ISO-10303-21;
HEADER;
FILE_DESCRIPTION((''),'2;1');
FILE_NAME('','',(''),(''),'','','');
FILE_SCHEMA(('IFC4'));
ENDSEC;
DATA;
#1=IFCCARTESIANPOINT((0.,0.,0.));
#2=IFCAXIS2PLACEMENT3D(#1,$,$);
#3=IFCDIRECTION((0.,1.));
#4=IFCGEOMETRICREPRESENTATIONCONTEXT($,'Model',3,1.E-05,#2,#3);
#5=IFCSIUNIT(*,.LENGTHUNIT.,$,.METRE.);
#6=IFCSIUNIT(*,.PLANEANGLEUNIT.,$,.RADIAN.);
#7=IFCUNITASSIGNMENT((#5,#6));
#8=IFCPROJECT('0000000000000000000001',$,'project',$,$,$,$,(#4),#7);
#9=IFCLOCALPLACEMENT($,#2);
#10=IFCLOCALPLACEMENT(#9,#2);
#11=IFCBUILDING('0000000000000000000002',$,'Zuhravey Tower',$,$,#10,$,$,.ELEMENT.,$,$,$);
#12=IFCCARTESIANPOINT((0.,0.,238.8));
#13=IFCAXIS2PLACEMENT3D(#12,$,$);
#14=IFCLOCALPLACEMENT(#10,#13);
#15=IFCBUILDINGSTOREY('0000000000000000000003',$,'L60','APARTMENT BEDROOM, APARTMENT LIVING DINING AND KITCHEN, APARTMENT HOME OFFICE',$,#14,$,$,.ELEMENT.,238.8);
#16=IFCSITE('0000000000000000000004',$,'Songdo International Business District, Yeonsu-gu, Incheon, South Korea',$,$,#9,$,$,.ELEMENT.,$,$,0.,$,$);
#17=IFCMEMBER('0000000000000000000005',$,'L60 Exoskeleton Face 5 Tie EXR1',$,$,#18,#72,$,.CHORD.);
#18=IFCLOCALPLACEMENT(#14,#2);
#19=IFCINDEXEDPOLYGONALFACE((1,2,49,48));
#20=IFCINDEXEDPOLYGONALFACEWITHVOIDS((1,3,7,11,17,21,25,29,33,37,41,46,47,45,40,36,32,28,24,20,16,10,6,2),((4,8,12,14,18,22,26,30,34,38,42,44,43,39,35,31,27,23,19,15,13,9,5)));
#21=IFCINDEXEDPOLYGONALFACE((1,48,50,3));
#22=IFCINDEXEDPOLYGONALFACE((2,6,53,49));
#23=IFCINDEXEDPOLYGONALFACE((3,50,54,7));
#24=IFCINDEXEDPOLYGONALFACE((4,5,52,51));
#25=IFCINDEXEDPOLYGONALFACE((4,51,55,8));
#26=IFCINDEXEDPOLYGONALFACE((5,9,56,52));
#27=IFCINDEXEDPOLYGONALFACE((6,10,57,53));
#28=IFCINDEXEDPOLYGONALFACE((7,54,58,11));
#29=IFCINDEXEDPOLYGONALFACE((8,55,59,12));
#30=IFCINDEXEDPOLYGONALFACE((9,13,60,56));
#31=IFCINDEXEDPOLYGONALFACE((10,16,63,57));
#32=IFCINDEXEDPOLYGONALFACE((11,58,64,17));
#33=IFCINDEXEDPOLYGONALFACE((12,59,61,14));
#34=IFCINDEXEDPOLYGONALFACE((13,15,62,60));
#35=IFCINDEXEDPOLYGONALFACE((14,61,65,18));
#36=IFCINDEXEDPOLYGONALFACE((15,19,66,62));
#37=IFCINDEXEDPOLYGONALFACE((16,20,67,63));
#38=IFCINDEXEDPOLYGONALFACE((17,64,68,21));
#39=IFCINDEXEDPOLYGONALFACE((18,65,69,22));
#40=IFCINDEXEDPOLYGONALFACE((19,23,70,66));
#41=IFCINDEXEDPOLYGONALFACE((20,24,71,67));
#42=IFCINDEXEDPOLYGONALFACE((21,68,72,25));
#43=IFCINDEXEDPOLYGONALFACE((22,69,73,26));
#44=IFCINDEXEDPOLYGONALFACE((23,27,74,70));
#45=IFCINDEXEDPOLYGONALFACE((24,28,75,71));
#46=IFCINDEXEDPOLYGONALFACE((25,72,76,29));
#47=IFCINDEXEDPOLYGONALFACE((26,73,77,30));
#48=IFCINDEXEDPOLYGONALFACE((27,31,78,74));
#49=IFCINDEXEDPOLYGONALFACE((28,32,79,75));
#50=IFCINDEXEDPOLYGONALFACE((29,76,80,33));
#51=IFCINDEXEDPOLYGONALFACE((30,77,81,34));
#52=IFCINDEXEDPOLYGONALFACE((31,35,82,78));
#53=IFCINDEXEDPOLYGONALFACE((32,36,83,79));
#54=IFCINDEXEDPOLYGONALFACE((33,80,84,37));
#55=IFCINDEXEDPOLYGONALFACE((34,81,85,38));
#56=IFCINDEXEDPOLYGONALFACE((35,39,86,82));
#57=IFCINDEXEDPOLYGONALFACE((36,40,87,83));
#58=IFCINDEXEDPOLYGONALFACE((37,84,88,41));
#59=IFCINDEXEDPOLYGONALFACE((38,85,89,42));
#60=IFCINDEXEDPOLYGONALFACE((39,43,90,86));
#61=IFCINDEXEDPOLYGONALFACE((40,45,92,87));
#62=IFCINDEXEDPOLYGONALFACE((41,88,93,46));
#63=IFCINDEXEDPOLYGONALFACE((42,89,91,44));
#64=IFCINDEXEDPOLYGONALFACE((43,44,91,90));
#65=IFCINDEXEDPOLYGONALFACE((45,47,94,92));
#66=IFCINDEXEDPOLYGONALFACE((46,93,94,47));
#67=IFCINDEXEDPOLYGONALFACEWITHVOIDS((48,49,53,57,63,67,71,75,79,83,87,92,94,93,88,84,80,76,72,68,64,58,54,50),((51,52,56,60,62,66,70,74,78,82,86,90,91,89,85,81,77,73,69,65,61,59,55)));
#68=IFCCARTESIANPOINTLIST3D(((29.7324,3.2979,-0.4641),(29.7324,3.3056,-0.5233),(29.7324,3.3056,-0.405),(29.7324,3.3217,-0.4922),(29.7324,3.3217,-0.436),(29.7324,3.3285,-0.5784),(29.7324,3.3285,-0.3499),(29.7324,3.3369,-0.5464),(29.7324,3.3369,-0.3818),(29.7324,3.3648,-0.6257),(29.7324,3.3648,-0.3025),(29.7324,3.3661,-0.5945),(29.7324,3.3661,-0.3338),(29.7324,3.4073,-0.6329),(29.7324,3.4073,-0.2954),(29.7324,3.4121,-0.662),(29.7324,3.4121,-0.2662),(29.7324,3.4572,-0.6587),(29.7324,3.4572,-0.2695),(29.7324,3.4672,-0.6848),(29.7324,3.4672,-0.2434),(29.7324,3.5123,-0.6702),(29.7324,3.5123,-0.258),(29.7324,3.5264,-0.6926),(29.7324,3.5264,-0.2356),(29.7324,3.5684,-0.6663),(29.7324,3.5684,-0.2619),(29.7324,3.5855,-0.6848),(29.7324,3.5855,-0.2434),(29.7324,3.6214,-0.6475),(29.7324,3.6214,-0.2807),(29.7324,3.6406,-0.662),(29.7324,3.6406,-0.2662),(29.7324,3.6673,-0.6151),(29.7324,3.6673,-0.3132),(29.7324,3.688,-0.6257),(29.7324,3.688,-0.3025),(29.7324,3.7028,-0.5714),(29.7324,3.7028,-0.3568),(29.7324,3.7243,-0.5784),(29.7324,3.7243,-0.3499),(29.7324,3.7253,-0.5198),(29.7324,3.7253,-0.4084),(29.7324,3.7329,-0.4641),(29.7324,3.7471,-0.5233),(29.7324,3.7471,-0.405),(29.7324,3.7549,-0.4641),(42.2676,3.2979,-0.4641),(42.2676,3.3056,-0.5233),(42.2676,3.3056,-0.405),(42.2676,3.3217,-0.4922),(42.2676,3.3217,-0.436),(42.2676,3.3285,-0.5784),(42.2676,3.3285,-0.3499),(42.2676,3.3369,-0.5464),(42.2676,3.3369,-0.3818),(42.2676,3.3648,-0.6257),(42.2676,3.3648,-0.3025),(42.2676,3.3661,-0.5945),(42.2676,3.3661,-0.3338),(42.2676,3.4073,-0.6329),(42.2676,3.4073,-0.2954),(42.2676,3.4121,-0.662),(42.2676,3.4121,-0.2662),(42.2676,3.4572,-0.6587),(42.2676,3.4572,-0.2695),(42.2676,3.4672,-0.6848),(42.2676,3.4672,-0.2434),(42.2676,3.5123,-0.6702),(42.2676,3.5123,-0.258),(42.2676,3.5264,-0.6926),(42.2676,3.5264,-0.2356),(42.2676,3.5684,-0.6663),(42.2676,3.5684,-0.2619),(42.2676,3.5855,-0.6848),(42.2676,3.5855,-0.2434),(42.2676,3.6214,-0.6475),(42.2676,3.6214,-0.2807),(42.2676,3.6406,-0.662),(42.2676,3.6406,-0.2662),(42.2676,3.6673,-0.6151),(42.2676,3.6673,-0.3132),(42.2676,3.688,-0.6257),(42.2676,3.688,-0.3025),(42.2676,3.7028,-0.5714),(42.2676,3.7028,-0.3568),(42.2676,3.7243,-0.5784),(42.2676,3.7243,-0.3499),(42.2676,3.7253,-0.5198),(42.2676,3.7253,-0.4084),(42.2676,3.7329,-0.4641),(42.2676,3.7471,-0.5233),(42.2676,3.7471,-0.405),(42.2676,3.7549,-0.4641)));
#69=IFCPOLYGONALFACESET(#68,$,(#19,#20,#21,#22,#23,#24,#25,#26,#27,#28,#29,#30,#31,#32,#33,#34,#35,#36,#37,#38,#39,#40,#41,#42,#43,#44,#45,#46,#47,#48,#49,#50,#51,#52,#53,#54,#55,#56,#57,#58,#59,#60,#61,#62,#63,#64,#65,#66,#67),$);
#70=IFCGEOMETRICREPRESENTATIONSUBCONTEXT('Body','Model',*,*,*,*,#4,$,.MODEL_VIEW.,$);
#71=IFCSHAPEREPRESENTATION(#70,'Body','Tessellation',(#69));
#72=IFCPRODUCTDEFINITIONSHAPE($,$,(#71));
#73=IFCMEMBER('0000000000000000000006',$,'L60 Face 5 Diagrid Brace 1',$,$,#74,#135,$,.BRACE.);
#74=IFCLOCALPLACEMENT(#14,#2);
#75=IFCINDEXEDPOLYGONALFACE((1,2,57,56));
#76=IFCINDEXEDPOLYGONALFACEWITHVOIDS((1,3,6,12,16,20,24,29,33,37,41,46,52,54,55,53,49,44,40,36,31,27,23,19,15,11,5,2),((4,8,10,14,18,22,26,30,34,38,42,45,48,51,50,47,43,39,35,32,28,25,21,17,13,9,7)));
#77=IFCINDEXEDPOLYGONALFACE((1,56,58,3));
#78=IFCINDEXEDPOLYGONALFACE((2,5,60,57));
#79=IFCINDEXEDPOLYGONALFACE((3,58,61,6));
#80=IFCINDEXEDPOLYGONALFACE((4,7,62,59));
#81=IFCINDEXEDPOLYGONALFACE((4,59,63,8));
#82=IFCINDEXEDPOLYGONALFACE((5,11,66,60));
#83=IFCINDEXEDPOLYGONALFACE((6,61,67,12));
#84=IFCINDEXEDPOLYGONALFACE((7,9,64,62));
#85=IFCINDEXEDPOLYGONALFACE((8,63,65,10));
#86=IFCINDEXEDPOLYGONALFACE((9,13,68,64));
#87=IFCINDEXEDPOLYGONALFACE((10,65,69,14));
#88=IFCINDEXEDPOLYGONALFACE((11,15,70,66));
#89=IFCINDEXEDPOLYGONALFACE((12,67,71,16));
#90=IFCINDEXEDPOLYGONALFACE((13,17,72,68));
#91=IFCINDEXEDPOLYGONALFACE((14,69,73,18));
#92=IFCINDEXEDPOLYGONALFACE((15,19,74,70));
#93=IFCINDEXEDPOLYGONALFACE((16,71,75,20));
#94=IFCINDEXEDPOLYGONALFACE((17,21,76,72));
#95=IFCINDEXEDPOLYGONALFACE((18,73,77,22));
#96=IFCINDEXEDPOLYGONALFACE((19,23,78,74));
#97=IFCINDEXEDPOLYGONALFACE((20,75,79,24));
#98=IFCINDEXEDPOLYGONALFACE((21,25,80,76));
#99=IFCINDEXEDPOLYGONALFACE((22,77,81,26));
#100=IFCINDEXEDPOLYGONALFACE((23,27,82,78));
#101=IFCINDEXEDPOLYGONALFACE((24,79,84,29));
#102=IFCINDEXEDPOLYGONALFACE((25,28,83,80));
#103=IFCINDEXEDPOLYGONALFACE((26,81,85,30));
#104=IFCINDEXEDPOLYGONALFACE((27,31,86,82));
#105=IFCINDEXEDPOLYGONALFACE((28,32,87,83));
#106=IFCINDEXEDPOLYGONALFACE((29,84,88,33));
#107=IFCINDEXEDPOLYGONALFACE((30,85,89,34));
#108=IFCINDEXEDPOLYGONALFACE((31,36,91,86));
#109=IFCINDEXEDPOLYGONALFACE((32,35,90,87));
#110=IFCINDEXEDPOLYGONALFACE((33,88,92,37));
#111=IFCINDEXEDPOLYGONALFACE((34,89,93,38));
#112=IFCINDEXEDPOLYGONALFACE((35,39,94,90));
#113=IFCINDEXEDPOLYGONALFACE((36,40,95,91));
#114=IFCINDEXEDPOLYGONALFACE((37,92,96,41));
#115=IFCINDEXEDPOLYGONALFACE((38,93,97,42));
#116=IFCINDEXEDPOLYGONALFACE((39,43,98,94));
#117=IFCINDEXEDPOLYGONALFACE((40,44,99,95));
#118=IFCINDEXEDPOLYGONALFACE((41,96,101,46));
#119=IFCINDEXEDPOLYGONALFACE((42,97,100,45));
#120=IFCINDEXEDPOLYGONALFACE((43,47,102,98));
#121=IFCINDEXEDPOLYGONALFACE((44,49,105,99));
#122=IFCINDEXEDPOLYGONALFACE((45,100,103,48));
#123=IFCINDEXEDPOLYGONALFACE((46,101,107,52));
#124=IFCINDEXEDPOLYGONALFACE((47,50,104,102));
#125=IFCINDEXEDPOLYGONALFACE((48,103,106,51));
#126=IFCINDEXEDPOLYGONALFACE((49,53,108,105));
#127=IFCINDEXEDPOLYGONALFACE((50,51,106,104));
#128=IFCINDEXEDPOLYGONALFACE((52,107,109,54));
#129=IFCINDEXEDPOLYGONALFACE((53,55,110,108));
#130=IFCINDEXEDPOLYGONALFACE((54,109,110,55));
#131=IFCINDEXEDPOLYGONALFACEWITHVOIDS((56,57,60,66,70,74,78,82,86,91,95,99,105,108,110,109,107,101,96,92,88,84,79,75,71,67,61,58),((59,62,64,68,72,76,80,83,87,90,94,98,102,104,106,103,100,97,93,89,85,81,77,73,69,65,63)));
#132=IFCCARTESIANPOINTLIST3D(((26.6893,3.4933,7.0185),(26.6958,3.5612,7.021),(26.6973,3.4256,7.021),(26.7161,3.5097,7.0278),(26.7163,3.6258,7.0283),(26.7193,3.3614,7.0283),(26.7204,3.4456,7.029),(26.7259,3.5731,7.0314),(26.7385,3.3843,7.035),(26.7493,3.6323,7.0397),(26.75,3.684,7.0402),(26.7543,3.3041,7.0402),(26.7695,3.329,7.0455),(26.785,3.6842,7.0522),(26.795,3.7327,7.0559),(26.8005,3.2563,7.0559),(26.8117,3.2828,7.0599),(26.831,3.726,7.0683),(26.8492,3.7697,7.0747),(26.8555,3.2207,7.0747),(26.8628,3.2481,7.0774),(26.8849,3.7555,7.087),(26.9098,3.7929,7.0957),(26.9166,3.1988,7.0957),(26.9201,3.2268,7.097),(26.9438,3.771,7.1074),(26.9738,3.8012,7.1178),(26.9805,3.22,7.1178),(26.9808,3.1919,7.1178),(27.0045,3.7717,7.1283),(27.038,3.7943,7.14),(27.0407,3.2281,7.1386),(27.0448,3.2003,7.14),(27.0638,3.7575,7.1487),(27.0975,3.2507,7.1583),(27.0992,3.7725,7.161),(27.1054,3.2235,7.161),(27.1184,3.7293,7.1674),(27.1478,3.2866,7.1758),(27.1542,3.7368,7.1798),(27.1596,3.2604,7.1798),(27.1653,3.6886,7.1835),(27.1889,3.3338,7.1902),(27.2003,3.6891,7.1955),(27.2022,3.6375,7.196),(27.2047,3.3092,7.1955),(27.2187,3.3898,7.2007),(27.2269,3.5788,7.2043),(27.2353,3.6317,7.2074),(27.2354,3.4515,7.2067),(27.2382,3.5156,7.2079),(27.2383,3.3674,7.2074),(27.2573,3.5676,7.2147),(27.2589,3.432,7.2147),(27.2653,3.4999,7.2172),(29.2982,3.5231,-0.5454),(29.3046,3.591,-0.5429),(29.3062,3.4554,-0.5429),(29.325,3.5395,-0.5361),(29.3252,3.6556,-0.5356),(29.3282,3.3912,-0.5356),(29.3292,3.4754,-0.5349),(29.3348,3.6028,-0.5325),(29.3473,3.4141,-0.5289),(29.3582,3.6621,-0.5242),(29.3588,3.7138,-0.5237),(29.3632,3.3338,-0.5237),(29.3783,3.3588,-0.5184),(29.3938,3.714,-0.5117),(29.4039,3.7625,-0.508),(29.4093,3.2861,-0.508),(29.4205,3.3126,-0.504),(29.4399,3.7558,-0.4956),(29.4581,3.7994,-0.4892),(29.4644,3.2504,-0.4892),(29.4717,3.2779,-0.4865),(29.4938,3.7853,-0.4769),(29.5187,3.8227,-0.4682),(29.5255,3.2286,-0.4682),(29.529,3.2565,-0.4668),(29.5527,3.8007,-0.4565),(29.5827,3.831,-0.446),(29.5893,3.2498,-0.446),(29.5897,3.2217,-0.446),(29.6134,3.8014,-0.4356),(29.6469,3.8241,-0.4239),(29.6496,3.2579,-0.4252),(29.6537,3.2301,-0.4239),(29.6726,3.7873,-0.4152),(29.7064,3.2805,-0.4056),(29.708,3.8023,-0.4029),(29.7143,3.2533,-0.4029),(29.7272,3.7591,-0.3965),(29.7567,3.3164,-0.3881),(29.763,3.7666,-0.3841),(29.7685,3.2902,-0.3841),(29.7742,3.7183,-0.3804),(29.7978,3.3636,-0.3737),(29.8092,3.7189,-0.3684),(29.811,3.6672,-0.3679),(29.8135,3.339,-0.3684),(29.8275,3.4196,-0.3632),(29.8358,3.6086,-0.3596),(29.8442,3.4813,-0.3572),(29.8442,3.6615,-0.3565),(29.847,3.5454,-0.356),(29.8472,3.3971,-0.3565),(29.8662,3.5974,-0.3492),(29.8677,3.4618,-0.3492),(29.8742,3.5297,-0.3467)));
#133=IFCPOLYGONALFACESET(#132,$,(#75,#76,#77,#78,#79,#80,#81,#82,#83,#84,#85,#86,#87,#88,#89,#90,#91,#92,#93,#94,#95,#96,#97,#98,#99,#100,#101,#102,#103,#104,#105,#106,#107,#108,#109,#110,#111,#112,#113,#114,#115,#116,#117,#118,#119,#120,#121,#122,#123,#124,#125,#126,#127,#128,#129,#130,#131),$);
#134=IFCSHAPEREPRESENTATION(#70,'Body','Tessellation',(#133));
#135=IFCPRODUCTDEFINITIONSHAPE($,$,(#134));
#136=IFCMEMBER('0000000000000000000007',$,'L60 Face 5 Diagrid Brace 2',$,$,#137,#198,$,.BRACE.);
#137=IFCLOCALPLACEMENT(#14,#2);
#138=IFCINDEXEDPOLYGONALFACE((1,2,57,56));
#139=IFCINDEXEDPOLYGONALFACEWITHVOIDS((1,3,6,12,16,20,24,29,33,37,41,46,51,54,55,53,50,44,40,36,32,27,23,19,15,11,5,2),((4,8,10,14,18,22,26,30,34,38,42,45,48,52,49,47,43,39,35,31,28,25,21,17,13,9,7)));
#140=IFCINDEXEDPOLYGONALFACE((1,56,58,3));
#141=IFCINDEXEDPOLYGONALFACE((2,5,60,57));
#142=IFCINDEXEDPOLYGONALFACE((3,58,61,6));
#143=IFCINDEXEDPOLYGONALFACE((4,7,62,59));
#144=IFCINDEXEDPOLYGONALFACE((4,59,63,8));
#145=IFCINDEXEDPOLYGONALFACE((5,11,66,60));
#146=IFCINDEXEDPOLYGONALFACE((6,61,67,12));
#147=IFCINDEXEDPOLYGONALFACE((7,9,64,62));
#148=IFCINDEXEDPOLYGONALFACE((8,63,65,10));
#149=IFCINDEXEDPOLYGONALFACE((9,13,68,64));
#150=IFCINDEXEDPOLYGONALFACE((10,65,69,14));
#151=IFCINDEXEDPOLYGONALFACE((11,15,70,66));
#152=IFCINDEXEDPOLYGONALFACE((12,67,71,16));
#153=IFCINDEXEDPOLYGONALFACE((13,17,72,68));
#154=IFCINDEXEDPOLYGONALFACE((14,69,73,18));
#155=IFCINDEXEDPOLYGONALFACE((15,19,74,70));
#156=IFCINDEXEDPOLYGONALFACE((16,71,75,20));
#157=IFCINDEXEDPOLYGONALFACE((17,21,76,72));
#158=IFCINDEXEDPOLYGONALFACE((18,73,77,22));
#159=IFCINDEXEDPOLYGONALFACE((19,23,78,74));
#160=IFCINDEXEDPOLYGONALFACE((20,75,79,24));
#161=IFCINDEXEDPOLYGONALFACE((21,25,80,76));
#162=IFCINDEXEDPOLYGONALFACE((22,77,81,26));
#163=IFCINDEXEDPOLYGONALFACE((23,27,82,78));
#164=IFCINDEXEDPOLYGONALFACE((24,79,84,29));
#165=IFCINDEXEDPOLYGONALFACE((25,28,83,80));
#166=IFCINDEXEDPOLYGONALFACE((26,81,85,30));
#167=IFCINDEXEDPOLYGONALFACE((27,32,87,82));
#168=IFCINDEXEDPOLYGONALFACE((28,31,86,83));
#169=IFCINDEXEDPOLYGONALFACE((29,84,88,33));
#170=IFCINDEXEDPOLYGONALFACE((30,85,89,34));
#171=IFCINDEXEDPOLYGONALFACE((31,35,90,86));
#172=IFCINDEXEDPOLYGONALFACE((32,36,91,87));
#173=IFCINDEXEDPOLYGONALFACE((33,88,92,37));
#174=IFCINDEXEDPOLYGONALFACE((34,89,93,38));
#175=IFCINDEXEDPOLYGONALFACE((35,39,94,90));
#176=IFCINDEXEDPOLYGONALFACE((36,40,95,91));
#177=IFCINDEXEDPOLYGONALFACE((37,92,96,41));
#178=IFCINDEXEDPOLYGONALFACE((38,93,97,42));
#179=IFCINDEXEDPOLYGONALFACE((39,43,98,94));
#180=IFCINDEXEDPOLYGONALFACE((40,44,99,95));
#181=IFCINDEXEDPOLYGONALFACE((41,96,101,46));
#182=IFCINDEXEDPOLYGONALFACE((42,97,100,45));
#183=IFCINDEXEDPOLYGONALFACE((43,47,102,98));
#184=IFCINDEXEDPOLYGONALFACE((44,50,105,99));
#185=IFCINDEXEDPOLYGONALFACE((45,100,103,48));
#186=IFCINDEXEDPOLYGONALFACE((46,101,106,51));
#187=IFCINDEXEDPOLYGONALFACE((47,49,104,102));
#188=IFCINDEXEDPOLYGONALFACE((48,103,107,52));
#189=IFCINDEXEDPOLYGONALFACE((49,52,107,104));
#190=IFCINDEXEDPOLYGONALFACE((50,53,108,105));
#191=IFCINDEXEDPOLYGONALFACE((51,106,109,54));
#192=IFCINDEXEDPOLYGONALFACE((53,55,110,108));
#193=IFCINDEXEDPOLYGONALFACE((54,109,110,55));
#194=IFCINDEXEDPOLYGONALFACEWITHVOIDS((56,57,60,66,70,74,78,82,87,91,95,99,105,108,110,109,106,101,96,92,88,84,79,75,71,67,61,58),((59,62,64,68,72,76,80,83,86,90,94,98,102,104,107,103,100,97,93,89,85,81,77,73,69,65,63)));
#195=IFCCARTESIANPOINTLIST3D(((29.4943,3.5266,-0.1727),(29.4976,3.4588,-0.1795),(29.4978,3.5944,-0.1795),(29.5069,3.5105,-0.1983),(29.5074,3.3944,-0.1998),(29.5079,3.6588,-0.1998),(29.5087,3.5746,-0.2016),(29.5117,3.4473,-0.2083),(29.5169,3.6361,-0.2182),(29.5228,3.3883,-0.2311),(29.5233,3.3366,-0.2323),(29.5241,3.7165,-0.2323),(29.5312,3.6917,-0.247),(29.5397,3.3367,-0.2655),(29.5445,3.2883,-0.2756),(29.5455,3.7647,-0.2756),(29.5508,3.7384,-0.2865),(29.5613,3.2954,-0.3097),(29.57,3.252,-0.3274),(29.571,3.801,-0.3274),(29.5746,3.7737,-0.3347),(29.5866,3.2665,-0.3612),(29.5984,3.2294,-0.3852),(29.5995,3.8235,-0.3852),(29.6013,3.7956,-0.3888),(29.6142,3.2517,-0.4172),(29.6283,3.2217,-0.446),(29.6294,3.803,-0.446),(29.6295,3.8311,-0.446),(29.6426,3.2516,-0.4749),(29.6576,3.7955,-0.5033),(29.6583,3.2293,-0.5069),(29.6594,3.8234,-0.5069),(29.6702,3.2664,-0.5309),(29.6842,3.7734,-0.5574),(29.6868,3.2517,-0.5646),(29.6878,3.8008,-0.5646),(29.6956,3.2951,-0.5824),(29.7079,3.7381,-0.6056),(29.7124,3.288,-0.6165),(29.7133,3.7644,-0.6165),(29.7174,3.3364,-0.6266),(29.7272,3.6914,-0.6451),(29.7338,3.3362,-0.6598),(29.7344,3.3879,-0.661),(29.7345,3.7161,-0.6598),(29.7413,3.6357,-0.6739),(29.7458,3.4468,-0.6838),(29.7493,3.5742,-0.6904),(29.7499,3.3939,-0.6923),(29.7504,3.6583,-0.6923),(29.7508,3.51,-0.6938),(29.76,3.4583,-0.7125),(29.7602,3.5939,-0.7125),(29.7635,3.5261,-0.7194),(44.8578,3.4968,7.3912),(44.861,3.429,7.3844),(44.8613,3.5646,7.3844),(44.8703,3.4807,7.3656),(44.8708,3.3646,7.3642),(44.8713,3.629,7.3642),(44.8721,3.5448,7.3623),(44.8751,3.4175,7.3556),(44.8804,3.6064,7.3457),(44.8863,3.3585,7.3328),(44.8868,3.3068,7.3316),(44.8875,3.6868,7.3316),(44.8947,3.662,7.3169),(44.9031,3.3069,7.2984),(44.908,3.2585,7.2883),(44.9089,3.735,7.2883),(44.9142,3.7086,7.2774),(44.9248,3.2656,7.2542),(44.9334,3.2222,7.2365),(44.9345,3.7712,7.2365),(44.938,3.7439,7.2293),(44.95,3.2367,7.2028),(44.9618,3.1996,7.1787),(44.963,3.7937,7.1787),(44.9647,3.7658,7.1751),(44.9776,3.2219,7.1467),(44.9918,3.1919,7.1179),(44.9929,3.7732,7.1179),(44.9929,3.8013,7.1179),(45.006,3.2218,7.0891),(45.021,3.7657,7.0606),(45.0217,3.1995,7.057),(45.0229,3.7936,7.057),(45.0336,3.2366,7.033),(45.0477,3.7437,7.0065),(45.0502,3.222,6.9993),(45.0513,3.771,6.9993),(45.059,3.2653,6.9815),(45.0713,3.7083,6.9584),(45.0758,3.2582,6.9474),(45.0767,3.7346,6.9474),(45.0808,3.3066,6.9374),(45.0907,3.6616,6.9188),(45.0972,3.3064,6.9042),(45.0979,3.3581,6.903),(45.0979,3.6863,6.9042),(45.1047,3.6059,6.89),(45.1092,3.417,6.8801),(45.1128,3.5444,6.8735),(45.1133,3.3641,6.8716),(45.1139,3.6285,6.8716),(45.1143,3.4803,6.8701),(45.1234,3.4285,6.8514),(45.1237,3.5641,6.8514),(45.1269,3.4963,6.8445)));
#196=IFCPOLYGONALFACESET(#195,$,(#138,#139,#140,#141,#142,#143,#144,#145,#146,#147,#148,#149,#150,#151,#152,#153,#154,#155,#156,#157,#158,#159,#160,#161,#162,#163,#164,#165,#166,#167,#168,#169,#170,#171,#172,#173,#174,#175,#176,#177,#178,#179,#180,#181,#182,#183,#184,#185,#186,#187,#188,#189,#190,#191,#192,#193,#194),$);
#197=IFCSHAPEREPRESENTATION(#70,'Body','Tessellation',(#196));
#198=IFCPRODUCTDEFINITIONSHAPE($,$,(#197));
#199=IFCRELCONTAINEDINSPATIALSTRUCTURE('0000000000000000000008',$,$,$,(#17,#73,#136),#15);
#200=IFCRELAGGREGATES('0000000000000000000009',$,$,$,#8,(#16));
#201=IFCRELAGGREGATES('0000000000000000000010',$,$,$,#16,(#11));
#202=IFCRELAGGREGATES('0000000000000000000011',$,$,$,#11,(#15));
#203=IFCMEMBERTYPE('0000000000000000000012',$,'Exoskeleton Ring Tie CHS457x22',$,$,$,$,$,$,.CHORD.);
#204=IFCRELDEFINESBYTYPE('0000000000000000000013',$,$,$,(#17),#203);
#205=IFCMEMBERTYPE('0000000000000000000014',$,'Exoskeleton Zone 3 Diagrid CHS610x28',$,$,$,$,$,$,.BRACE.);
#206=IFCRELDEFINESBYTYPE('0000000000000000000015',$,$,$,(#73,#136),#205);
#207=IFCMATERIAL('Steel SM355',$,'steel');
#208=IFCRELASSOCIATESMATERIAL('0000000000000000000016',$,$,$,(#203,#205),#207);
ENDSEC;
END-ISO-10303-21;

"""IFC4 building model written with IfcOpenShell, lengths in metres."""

from ifc_helpers import new_model, si_unit, direction, frame, origin, origin_2d, place, context, subcontext, project, spatial, hollow_circle, extrude, material, material_profile, profile_set, type_object, element, save


model = new_model("IFC4")

# Units and contexts
model_context = context("Model", 3, precision=1e-05, world=origin(), true_north=direction((0.0, 1.0)))
body_context = subcontext(model_context, "Body", "Model", "MODEL_VIEW")
ifc_project = project(units=[si_unit("LENGTHUNIT", "METRE"), si_unit("PLANEANGLEUNIT", "RADIAN")], contexts=[model_context])

# Site, building, storey
site_placement = place(None, origin())
site = spatial("IfcSite", under=ifc_project, at=site_placement, Name="Songdo International Business District, Yeonsu-gu, Incheon, South Korea", CompositionType="ELEMENT", RefElevation=0.0)
building_placement = place(site_placement, origin())
building = spatial("IfcBuilding", under=site, at=building_placement, Name="Zuhravey Tower", CompositionType="ELEMENT")
storey_placement = place(building_placement, frame((0.0, 0.0, 238.8)))
storey = spatial("IfcBuildingStorey", under=building, at=storey_placement, Name="L60", Description="APARTMENT BEDROOM, APARTMENT LIVING DINING AND KITCHEN, APARTMENT HOME OFFICE", CompositionType="ELEMENT", Elevation=238.8)

# Members
ifc_material_1 = material(Name="Steel SM355", Category="steel")
ifc_material_profile_1 = material_profile(ifc_material_1, hollow_circle(Radius=0.2285, WallThickness=0.022, at=origin_2d()), Name="CHS-457.2x22")
ifc_profile_set_1 = profile_set([ifc_material_profile_1], Name="Steel SM355")
member_type_1 = type_object("IfcMemberType", Name="Exoskeleton Ring Tie CHS457x22", PredefinedType="CHORD", material=ifc_profile_set_1)
member_1_placement = place(storey_placement, frame((29.7324, 3.5264, -0.4641), z_axis=(1.0, 0.0, 0.0), x_axis=(0.0, 1.0, 0.0)))
element("IfcMember", 1, at=member_1_placement, inside=storey, type_object=member_type_1, Name="L60 Exoskeleton Face 5 Tie EXR1", PredefinedType="CHORD", context=body_context, shape_type="SweptSolid", body=[
    extrude(hollow_circle(Radius=0.2285, WallThickness=0.022, at=origin_2d()), origin(), (0.0, 0.0, 1.0), 12.5352),
])
ifc_material_profile_2 = material_profile(ifc_material_1, hollow_circle(Radius=0.3047, WallThickness=0.0281, at=origin_2d()), Name="CHS-609.6x28")
ifc_profile_set_2 = profile_set([ifc_material_profile_2], Name="Steel SM355")
member_type_2 = type_object("IfcMemberType", Name="Exoskeleton Zone 3 Diagrid CHS610x28", PredefinedType="BRACE", material=ifc_profile_set_2)
member_2_placement = place(storey_placement, frame((29.5862, 3.5264, -0.446), z_axis=(-0.326058, -0.003723, 0.945342), x_axis=(0.011416, -0.999935, 0.0)))
element("IfcMember", 2, at=member_2_placement, inside=storey, type_object=member_type_2, Name="L60 Face 5 Diagrid Brace 1", PredefinedType="BRACE", context=body_context, shape_type="SweptSolid", body=[
    extrude(hollow_circle(Radius=0.3047, WallThickness=0.0281, at=origin_2d()), origin(), (0.0, 0.0, 1.0), 8.0012),
])
member_3_placement = place(storey_placement, frame((29.6289, 3.5264, -0.446), z_axis=(0.89716, -0.001739, 0.441701), x_axis=(0.001939, 0.999998, 0.0)))
element("IfcMember", 3, at=member_3_placement, inside=storey, type_object=member_type_2, Name="L60 Face 5 Diagrid Brace 2", PredefinedType="BRACE", context=body_context, shape_type="SweptSolid", body=[
    extrude(hollow_circle(Radius=0.3047, WallThickness=0.0281, at=origin_2d()), origin(), (0.0, 0.0, 1.0), 17.1245),
])

save(model, "model.ifc")
